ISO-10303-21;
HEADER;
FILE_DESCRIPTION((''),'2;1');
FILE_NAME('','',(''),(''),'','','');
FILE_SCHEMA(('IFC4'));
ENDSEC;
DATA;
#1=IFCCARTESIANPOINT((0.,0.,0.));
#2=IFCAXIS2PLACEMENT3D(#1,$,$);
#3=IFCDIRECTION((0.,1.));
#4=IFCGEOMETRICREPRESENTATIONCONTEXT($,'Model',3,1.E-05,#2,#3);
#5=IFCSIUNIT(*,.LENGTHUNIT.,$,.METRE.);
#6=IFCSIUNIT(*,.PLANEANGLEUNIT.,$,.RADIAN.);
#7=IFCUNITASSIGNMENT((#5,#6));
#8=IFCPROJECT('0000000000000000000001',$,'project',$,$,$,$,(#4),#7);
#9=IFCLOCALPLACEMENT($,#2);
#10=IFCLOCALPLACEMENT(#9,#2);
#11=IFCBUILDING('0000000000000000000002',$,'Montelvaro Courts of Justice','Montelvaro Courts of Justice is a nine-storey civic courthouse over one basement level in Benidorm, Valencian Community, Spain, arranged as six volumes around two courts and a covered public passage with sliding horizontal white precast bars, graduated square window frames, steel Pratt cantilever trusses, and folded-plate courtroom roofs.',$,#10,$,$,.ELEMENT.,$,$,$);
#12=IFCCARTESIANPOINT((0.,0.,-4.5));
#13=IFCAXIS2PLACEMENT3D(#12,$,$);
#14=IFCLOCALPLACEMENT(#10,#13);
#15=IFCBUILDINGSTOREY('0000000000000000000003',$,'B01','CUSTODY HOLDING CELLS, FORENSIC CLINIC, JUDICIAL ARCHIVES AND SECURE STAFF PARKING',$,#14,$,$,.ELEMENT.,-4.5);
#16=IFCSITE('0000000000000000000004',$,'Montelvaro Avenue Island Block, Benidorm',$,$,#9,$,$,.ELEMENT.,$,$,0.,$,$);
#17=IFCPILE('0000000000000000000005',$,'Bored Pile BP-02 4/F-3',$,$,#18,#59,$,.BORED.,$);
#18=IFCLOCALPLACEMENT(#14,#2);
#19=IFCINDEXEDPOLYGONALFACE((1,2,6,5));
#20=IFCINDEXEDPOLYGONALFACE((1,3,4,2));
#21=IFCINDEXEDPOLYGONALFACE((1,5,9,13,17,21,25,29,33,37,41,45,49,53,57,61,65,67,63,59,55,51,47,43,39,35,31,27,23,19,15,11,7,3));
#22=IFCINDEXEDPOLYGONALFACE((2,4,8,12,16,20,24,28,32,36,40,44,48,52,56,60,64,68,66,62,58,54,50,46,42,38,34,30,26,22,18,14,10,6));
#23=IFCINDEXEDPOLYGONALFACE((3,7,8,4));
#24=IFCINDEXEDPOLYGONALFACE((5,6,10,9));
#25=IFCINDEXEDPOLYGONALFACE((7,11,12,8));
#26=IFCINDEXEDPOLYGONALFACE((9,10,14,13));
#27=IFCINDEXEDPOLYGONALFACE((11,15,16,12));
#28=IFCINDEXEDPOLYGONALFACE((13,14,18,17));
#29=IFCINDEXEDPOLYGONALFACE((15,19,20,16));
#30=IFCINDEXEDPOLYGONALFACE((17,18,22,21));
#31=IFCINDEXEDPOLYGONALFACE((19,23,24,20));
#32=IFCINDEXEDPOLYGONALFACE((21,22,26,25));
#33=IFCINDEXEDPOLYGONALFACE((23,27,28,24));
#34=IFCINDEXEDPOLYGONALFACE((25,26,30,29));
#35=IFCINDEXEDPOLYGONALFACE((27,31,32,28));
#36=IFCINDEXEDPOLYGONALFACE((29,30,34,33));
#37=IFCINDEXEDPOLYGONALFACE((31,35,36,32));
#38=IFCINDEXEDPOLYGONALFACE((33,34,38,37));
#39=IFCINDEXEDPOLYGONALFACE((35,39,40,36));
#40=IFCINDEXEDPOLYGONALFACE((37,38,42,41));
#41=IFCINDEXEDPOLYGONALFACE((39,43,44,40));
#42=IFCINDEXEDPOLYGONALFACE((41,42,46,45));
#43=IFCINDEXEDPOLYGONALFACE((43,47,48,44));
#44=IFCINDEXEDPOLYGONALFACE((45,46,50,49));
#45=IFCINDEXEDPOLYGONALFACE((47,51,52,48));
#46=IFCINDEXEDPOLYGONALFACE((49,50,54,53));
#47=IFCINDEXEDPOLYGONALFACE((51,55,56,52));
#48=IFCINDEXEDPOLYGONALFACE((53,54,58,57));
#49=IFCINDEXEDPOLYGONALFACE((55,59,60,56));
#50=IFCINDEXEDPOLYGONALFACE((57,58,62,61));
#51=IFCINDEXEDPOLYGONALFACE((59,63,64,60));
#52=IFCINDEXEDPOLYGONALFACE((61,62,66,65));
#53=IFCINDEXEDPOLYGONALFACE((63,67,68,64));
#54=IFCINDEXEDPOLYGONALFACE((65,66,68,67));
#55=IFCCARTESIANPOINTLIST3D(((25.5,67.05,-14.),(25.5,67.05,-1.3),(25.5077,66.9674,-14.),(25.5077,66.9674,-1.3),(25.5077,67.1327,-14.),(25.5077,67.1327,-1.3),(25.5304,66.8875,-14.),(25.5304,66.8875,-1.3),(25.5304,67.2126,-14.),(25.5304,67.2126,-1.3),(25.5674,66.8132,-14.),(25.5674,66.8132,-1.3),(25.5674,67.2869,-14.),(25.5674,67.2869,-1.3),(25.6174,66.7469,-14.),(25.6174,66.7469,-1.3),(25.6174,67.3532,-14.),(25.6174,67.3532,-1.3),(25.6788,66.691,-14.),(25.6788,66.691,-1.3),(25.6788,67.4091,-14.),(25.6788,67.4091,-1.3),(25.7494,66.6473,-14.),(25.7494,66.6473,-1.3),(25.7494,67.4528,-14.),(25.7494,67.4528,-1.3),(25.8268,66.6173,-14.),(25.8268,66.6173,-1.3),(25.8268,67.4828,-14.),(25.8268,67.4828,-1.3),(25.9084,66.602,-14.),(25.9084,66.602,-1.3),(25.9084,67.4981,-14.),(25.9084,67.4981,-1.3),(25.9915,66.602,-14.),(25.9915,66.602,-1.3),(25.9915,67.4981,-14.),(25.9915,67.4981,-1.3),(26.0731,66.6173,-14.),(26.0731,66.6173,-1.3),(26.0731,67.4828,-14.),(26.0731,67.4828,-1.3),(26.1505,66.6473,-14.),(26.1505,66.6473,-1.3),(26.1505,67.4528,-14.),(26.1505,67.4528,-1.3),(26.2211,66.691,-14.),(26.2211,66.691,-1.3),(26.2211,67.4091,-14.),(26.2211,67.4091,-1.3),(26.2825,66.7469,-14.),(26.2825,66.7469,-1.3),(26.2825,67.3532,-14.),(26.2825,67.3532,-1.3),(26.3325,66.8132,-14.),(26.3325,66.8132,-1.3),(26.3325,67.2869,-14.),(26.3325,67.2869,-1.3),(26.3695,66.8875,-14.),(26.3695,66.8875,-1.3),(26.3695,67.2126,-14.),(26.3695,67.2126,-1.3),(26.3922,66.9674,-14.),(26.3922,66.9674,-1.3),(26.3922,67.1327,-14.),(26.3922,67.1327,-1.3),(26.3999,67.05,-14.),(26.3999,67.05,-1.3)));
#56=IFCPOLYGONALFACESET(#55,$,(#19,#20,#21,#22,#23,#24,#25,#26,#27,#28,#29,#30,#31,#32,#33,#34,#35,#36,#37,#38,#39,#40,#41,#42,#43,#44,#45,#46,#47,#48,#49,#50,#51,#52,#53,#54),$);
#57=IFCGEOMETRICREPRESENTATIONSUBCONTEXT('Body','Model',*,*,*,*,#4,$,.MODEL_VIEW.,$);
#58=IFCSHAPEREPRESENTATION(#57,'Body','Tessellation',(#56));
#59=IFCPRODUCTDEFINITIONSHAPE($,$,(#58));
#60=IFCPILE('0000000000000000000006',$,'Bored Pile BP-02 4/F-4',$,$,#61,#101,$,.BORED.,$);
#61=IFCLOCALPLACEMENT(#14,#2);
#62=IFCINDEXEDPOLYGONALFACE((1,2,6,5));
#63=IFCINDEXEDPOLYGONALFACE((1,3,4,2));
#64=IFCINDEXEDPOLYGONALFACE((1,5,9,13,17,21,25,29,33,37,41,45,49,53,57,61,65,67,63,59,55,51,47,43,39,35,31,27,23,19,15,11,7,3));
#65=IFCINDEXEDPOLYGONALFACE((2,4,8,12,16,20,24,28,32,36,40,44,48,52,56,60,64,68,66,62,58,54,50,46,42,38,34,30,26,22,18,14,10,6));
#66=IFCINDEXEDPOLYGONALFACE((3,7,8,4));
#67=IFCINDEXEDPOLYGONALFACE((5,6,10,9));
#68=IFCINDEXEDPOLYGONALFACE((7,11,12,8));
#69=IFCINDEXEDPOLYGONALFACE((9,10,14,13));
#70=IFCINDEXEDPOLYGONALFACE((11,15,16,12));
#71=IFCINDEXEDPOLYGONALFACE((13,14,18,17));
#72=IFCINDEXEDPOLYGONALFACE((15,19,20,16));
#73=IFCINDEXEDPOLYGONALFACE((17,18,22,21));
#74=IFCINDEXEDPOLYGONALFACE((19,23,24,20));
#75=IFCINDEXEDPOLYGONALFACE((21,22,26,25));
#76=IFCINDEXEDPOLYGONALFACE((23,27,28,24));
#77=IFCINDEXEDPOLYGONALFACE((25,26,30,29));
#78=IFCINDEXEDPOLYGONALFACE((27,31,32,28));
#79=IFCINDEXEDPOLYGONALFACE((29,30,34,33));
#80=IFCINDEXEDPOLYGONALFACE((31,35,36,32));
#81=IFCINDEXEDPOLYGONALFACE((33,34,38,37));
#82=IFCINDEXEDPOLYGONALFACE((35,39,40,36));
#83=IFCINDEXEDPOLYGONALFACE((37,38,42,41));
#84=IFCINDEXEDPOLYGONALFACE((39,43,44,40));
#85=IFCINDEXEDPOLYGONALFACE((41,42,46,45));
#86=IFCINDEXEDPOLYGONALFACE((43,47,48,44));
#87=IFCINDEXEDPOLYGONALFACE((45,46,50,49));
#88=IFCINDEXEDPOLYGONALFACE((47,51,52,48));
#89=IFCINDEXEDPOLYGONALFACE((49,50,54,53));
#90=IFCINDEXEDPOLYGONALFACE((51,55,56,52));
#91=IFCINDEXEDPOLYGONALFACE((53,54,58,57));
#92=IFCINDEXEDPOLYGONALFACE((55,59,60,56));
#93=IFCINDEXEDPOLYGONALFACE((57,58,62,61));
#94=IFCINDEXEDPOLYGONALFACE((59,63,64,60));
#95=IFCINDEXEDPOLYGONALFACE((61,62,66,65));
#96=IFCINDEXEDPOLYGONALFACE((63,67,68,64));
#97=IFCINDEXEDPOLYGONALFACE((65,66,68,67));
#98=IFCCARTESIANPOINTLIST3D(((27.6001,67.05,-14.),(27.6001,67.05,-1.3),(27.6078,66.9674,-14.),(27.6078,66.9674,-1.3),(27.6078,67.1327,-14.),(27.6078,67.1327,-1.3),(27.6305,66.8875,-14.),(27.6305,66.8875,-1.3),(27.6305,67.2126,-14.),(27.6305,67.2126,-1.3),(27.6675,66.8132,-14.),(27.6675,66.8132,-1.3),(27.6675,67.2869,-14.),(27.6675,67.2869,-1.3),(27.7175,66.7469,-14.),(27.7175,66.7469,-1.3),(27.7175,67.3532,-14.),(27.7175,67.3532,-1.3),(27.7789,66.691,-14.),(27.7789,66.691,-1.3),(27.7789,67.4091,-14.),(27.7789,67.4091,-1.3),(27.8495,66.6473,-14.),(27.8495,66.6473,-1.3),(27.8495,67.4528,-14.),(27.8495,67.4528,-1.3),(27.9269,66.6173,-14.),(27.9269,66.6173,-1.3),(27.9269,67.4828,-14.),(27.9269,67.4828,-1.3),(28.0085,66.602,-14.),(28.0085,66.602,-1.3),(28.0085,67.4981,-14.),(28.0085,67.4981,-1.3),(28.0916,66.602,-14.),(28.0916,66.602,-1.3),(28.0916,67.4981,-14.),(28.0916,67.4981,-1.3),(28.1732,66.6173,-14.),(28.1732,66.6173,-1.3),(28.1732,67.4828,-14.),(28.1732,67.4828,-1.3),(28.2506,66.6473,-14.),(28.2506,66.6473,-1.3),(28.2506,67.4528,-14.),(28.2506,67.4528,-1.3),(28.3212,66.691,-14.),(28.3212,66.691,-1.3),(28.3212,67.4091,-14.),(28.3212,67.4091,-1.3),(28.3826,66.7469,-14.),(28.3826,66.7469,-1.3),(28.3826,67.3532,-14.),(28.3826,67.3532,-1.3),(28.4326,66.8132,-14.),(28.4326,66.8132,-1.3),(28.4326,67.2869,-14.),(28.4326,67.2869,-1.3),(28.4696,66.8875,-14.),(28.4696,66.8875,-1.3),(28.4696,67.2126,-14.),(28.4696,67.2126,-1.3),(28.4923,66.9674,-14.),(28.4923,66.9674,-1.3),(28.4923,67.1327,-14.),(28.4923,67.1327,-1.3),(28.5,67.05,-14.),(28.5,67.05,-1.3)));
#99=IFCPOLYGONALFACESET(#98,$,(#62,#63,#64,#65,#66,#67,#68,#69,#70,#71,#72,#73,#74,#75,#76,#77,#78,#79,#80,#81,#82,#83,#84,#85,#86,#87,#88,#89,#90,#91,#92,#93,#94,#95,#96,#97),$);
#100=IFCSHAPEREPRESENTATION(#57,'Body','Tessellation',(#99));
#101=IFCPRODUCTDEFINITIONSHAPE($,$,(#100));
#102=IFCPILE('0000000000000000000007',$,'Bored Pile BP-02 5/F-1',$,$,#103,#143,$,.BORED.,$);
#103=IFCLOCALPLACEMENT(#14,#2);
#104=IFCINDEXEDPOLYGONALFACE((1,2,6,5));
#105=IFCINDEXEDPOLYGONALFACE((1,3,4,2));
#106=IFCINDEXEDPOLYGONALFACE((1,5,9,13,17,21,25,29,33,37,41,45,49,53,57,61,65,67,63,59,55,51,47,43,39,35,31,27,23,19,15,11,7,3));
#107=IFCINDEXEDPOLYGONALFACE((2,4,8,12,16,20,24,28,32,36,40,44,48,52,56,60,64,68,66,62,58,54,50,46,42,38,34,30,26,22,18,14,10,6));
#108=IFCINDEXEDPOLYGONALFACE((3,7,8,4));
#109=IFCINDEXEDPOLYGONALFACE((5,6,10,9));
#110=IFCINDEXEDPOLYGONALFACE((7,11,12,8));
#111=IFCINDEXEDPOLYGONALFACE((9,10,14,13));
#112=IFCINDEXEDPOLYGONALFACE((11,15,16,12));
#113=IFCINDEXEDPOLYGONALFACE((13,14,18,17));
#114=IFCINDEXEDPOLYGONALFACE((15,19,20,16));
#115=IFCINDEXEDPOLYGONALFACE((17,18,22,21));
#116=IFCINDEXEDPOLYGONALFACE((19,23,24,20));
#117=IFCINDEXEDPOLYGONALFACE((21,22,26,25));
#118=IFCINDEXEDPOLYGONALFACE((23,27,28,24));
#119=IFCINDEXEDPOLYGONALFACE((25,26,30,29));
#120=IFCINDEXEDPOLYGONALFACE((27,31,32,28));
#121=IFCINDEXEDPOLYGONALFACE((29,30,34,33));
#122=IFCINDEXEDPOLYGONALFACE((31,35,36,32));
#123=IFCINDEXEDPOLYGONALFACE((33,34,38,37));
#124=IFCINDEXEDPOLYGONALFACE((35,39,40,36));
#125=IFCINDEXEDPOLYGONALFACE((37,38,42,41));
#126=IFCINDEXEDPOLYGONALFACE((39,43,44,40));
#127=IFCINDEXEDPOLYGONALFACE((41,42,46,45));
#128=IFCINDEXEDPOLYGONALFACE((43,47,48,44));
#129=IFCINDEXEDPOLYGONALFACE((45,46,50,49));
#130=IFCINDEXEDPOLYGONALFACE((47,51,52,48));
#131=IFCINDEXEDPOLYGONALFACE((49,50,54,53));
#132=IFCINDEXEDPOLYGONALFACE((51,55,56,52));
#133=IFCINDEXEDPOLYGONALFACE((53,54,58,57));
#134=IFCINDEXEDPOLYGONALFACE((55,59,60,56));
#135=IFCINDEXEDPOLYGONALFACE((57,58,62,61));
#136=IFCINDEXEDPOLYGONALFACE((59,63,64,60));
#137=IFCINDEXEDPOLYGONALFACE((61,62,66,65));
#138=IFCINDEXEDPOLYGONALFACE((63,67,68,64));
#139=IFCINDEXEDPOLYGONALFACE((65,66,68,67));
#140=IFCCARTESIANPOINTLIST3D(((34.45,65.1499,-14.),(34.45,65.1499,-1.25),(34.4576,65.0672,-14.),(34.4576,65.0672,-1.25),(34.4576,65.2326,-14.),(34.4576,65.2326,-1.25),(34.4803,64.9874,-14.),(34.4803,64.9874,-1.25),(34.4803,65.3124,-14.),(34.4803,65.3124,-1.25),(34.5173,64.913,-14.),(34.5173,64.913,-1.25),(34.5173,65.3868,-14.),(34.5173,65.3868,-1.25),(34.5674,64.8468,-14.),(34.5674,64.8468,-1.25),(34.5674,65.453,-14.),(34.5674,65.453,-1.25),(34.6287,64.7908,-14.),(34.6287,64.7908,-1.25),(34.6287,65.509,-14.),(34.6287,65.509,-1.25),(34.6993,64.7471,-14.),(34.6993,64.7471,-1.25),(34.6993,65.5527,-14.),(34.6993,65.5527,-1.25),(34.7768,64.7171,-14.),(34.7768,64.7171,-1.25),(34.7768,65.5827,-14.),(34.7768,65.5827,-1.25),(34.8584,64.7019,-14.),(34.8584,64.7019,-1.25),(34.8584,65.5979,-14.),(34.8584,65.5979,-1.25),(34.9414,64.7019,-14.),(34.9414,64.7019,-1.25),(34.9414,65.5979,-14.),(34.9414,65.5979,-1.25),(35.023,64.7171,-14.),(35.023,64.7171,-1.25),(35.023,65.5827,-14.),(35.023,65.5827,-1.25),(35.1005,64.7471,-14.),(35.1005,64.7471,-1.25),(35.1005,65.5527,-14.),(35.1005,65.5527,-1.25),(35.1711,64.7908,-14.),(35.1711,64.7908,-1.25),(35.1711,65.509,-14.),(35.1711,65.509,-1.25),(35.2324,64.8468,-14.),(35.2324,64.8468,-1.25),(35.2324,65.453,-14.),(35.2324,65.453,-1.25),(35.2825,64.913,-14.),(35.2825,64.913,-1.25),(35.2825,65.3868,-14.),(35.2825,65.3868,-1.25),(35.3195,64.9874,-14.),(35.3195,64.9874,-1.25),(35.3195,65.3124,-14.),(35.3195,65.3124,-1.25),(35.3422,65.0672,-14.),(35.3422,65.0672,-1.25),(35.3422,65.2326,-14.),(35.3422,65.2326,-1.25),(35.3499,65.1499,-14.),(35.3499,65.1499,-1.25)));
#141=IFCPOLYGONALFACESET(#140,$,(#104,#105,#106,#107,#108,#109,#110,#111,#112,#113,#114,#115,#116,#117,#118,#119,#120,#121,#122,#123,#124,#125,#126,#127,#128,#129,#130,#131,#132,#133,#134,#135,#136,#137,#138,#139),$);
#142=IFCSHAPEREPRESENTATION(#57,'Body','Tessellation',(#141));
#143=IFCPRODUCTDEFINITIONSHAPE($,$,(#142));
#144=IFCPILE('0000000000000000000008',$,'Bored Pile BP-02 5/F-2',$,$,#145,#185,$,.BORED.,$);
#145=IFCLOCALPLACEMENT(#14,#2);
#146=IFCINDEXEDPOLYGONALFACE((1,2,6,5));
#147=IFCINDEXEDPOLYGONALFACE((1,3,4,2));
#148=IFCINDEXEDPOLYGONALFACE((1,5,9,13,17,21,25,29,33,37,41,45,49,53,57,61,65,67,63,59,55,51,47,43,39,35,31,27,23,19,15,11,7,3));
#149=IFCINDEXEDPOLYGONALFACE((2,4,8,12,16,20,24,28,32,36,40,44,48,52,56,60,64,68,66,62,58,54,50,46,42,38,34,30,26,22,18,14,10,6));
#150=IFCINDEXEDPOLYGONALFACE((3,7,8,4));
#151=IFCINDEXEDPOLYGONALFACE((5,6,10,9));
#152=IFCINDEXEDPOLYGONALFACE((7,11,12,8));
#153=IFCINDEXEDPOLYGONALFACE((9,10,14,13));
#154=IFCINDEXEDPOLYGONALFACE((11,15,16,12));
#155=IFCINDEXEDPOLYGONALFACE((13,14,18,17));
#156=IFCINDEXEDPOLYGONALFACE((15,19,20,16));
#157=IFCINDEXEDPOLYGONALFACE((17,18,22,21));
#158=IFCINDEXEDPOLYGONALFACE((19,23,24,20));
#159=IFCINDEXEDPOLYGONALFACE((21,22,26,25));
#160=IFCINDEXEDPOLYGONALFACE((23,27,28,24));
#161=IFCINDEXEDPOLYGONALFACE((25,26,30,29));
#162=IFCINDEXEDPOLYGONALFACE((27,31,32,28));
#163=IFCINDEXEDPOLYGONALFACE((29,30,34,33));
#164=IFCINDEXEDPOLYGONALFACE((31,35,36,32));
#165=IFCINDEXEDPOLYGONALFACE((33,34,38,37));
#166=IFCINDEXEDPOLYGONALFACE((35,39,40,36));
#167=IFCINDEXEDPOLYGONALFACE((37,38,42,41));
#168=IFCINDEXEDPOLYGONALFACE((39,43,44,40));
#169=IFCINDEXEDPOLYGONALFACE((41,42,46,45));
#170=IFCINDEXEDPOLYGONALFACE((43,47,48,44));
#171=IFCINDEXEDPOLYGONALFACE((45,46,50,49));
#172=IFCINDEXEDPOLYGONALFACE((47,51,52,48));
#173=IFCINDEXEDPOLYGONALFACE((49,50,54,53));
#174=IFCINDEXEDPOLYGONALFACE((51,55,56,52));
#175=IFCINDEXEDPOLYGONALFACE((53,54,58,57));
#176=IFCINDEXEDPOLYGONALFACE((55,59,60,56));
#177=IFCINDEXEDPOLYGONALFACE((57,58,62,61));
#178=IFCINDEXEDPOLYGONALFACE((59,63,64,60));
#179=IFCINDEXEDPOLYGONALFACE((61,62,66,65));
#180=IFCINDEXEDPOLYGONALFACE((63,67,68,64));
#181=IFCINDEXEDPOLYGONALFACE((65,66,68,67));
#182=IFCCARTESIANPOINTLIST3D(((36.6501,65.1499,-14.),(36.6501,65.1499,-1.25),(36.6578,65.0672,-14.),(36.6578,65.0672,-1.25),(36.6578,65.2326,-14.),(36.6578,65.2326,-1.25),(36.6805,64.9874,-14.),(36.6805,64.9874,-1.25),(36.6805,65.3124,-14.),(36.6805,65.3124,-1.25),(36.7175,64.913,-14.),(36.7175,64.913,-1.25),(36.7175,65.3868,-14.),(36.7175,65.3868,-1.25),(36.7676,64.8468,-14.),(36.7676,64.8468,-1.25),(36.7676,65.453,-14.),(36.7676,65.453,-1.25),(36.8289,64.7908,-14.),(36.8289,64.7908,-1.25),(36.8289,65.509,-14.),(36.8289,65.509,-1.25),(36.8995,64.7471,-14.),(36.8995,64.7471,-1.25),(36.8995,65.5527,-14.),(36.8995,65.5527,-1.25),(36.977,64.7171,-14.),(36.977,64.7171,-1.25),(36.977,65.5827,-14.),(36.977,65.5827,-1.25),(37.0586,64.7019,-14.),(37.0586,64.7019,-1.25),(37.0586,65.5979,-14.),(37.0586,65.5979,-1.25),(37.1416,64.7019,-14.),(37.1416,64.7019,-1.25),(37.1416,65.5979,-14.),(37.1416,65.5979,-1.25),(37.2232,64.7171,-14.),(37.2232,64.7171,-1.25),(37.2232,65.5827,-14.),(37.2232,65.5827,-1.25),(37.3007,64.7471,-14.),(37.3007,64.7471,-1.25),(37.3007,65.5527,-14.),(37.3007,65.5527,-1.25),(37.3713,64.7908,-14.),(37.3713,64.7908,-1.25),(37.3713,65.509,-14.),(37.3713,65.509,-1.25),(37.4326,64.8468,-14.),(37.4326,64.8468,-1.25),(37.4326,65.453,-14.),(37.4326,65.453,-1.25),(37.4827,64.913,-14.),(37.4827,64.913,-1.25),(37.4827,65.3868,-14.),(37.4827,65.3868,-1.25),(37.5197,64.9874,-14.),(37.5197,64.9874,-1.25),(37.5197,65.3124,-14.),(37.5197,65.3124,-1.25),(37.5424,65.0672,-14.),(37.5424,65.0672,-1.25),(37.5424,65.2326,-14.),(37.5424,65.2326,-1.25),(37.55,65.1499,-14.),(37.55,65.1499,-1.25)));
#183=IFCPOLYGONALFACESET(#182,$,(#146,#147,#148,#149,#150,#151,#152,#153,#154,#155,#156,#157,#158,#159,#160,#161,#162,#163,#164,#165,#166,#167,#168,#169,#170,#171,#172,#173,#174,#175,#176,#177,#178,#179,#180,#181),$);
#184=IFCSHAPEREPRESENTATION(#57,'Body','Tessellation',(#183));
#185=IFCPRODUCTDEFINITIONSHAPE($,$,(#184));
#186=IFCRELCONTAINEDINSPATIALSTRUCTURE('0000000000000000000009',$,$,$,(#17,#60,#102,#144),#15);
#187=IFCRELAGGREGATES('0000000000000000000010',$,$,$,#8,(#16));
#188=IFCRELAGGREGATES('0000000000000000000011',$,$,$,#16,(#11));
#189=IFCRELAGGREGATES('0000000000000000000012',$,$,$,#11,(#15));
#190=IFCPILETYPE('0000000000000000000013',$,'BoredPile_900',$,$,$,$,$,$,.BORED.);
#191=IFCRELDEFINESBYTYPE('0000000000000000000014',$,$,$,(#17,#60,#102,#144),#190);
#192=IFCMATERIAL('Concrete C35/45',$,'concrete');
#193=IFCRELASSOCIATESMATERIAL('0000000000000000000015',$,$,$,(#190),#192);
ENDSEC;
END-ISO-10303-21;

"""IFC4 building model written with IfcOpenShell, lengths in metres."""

from ifc_helpers import new_model, si_unit, direction, frame, origin, origin_2d, place, context, subcontext, project, spatial, circle, extrude, material, material_profile, profile_set, type_object, element, save


model = new_model("IFC4")

# Units and contexts
model_context = context("Model", 3, precision=1e-05, world=origin(), true_north=direction((0.0, 1.0)))
body_context = subcontext(model_context, "Body", "Model", "MODEL_VIEW")
ifc_project = project(units=[si_unit("LENGTHUNIT", "METRE"), si_unit("PLANEANGLEUNIT", "RADIAN")], contexts=[model_context])

# Site, building, storey
site_placement = place(None, origin())
site = spatial("IfcSite", under=ifc_project, at=site_placement, Name="Montelvaro Avenue Island Block, Benidorm", CompositionType="ELEMENT", RefElevation=0.0)
building_placement = place(site_placement, origin())
building = spatial("IfcBuilding", under=site, at=building_placement, Name="Montelvaro Courts of Justice", Description="Montelvaro Courts of Justice is a nine-storey civic courthouse over one basement level in Benidorm, Valencian Community, Spain, arranged as six volumes around two courts and a covered public passage with sliding horizontal white precast bars, graduated square window frames, steel Pratt cantilever trusses, and folded-plate courtroom roofs.", CompositionType="ELEMENT")
storey_placement = place(building_placement, frame((0.0, 0.0, -4.5)))
storey = spatial("IfcBuildingStorey", under=building, at=storey_placement, Name="B01", Description="CUSTODY HOLDING CELLS, FORENSIC CLINIC, JUDICIAL ARCHIVES AND SECURE STAFF PARKING", CompositionType="ELEMENT", Elevation=-4.5)

# Piles
ifc_material_1 = material(Name="Concrete C35/45", Category="concrete")
ifc_material_profile_1 = material_profile(ifc_material_1, circle(Radius=0.45, at=origin_2d()), Name="BORED PILE D900")
ifc_profile_set_1 = profile_set([ifc_material_profile_1], Name="Concrete C35/45")
pile_type_1 = type_object("IfcPileType", Name="BoredPile_900", PredefinedType="BORED", material=ifc_profile_set_1)
for number, where, z_axis, x_axis, name in (
    (1, (25.95, 67.05, -1.3), (0.0, 0.0, -1.0), (1.0, 0.0, 0.0), "Bored Pile BP-02 4/F-3"),
    (2, (28.05, 67.05, -1.3), (0.0, 0.0, -1.0), (1.0, 0.0, 0.0), "Bored Pile BP-02 4/F-4"),
):
    element("IfcPile", number, at=place(storey_placement, frame(where, z_axis=z_axis, x_axis=x_axis)), inside=storey, type_object=pile_type_1, Name=name, PredefinedType="BORED", context=body_context, shape_type="SweptSolid", body=[
        extrude(circle(Radius=0.45, at=origin_2d()), origin(), (0.0, 0.0, 1.0), 12.7),
    ])
for number, where, z_axis, x_axis, name in (
    (3, (34.8999, 65.1499, -1.25), (0.0, 0.0, -1.0), (1.0, 0.0, 0.0), "Bored Pile BP-02 5/F-1"),
    (4, (37.1001, 65.1499, -1.25), (0.0, 0.0, -1.0), (1.0, 0.0, 0.0), "Bored Pile BP-02 5/F-2"),
):
    element("IfcPile", number, at=place(storey_placement, frame(where, z_axis=z_axis, x_axis=x_axis)), inside=storey, type_object=pile_type_1, Name=name, PredefinedType="BORED", context=body_context, shape_type="SweptSolid", body=[
        extrude(circle(Radius=0.45, at=origin_2d()), origin(), (0.0, 0.0, 1.0), 12.75),
    ])

save(model, "model.ifc")
